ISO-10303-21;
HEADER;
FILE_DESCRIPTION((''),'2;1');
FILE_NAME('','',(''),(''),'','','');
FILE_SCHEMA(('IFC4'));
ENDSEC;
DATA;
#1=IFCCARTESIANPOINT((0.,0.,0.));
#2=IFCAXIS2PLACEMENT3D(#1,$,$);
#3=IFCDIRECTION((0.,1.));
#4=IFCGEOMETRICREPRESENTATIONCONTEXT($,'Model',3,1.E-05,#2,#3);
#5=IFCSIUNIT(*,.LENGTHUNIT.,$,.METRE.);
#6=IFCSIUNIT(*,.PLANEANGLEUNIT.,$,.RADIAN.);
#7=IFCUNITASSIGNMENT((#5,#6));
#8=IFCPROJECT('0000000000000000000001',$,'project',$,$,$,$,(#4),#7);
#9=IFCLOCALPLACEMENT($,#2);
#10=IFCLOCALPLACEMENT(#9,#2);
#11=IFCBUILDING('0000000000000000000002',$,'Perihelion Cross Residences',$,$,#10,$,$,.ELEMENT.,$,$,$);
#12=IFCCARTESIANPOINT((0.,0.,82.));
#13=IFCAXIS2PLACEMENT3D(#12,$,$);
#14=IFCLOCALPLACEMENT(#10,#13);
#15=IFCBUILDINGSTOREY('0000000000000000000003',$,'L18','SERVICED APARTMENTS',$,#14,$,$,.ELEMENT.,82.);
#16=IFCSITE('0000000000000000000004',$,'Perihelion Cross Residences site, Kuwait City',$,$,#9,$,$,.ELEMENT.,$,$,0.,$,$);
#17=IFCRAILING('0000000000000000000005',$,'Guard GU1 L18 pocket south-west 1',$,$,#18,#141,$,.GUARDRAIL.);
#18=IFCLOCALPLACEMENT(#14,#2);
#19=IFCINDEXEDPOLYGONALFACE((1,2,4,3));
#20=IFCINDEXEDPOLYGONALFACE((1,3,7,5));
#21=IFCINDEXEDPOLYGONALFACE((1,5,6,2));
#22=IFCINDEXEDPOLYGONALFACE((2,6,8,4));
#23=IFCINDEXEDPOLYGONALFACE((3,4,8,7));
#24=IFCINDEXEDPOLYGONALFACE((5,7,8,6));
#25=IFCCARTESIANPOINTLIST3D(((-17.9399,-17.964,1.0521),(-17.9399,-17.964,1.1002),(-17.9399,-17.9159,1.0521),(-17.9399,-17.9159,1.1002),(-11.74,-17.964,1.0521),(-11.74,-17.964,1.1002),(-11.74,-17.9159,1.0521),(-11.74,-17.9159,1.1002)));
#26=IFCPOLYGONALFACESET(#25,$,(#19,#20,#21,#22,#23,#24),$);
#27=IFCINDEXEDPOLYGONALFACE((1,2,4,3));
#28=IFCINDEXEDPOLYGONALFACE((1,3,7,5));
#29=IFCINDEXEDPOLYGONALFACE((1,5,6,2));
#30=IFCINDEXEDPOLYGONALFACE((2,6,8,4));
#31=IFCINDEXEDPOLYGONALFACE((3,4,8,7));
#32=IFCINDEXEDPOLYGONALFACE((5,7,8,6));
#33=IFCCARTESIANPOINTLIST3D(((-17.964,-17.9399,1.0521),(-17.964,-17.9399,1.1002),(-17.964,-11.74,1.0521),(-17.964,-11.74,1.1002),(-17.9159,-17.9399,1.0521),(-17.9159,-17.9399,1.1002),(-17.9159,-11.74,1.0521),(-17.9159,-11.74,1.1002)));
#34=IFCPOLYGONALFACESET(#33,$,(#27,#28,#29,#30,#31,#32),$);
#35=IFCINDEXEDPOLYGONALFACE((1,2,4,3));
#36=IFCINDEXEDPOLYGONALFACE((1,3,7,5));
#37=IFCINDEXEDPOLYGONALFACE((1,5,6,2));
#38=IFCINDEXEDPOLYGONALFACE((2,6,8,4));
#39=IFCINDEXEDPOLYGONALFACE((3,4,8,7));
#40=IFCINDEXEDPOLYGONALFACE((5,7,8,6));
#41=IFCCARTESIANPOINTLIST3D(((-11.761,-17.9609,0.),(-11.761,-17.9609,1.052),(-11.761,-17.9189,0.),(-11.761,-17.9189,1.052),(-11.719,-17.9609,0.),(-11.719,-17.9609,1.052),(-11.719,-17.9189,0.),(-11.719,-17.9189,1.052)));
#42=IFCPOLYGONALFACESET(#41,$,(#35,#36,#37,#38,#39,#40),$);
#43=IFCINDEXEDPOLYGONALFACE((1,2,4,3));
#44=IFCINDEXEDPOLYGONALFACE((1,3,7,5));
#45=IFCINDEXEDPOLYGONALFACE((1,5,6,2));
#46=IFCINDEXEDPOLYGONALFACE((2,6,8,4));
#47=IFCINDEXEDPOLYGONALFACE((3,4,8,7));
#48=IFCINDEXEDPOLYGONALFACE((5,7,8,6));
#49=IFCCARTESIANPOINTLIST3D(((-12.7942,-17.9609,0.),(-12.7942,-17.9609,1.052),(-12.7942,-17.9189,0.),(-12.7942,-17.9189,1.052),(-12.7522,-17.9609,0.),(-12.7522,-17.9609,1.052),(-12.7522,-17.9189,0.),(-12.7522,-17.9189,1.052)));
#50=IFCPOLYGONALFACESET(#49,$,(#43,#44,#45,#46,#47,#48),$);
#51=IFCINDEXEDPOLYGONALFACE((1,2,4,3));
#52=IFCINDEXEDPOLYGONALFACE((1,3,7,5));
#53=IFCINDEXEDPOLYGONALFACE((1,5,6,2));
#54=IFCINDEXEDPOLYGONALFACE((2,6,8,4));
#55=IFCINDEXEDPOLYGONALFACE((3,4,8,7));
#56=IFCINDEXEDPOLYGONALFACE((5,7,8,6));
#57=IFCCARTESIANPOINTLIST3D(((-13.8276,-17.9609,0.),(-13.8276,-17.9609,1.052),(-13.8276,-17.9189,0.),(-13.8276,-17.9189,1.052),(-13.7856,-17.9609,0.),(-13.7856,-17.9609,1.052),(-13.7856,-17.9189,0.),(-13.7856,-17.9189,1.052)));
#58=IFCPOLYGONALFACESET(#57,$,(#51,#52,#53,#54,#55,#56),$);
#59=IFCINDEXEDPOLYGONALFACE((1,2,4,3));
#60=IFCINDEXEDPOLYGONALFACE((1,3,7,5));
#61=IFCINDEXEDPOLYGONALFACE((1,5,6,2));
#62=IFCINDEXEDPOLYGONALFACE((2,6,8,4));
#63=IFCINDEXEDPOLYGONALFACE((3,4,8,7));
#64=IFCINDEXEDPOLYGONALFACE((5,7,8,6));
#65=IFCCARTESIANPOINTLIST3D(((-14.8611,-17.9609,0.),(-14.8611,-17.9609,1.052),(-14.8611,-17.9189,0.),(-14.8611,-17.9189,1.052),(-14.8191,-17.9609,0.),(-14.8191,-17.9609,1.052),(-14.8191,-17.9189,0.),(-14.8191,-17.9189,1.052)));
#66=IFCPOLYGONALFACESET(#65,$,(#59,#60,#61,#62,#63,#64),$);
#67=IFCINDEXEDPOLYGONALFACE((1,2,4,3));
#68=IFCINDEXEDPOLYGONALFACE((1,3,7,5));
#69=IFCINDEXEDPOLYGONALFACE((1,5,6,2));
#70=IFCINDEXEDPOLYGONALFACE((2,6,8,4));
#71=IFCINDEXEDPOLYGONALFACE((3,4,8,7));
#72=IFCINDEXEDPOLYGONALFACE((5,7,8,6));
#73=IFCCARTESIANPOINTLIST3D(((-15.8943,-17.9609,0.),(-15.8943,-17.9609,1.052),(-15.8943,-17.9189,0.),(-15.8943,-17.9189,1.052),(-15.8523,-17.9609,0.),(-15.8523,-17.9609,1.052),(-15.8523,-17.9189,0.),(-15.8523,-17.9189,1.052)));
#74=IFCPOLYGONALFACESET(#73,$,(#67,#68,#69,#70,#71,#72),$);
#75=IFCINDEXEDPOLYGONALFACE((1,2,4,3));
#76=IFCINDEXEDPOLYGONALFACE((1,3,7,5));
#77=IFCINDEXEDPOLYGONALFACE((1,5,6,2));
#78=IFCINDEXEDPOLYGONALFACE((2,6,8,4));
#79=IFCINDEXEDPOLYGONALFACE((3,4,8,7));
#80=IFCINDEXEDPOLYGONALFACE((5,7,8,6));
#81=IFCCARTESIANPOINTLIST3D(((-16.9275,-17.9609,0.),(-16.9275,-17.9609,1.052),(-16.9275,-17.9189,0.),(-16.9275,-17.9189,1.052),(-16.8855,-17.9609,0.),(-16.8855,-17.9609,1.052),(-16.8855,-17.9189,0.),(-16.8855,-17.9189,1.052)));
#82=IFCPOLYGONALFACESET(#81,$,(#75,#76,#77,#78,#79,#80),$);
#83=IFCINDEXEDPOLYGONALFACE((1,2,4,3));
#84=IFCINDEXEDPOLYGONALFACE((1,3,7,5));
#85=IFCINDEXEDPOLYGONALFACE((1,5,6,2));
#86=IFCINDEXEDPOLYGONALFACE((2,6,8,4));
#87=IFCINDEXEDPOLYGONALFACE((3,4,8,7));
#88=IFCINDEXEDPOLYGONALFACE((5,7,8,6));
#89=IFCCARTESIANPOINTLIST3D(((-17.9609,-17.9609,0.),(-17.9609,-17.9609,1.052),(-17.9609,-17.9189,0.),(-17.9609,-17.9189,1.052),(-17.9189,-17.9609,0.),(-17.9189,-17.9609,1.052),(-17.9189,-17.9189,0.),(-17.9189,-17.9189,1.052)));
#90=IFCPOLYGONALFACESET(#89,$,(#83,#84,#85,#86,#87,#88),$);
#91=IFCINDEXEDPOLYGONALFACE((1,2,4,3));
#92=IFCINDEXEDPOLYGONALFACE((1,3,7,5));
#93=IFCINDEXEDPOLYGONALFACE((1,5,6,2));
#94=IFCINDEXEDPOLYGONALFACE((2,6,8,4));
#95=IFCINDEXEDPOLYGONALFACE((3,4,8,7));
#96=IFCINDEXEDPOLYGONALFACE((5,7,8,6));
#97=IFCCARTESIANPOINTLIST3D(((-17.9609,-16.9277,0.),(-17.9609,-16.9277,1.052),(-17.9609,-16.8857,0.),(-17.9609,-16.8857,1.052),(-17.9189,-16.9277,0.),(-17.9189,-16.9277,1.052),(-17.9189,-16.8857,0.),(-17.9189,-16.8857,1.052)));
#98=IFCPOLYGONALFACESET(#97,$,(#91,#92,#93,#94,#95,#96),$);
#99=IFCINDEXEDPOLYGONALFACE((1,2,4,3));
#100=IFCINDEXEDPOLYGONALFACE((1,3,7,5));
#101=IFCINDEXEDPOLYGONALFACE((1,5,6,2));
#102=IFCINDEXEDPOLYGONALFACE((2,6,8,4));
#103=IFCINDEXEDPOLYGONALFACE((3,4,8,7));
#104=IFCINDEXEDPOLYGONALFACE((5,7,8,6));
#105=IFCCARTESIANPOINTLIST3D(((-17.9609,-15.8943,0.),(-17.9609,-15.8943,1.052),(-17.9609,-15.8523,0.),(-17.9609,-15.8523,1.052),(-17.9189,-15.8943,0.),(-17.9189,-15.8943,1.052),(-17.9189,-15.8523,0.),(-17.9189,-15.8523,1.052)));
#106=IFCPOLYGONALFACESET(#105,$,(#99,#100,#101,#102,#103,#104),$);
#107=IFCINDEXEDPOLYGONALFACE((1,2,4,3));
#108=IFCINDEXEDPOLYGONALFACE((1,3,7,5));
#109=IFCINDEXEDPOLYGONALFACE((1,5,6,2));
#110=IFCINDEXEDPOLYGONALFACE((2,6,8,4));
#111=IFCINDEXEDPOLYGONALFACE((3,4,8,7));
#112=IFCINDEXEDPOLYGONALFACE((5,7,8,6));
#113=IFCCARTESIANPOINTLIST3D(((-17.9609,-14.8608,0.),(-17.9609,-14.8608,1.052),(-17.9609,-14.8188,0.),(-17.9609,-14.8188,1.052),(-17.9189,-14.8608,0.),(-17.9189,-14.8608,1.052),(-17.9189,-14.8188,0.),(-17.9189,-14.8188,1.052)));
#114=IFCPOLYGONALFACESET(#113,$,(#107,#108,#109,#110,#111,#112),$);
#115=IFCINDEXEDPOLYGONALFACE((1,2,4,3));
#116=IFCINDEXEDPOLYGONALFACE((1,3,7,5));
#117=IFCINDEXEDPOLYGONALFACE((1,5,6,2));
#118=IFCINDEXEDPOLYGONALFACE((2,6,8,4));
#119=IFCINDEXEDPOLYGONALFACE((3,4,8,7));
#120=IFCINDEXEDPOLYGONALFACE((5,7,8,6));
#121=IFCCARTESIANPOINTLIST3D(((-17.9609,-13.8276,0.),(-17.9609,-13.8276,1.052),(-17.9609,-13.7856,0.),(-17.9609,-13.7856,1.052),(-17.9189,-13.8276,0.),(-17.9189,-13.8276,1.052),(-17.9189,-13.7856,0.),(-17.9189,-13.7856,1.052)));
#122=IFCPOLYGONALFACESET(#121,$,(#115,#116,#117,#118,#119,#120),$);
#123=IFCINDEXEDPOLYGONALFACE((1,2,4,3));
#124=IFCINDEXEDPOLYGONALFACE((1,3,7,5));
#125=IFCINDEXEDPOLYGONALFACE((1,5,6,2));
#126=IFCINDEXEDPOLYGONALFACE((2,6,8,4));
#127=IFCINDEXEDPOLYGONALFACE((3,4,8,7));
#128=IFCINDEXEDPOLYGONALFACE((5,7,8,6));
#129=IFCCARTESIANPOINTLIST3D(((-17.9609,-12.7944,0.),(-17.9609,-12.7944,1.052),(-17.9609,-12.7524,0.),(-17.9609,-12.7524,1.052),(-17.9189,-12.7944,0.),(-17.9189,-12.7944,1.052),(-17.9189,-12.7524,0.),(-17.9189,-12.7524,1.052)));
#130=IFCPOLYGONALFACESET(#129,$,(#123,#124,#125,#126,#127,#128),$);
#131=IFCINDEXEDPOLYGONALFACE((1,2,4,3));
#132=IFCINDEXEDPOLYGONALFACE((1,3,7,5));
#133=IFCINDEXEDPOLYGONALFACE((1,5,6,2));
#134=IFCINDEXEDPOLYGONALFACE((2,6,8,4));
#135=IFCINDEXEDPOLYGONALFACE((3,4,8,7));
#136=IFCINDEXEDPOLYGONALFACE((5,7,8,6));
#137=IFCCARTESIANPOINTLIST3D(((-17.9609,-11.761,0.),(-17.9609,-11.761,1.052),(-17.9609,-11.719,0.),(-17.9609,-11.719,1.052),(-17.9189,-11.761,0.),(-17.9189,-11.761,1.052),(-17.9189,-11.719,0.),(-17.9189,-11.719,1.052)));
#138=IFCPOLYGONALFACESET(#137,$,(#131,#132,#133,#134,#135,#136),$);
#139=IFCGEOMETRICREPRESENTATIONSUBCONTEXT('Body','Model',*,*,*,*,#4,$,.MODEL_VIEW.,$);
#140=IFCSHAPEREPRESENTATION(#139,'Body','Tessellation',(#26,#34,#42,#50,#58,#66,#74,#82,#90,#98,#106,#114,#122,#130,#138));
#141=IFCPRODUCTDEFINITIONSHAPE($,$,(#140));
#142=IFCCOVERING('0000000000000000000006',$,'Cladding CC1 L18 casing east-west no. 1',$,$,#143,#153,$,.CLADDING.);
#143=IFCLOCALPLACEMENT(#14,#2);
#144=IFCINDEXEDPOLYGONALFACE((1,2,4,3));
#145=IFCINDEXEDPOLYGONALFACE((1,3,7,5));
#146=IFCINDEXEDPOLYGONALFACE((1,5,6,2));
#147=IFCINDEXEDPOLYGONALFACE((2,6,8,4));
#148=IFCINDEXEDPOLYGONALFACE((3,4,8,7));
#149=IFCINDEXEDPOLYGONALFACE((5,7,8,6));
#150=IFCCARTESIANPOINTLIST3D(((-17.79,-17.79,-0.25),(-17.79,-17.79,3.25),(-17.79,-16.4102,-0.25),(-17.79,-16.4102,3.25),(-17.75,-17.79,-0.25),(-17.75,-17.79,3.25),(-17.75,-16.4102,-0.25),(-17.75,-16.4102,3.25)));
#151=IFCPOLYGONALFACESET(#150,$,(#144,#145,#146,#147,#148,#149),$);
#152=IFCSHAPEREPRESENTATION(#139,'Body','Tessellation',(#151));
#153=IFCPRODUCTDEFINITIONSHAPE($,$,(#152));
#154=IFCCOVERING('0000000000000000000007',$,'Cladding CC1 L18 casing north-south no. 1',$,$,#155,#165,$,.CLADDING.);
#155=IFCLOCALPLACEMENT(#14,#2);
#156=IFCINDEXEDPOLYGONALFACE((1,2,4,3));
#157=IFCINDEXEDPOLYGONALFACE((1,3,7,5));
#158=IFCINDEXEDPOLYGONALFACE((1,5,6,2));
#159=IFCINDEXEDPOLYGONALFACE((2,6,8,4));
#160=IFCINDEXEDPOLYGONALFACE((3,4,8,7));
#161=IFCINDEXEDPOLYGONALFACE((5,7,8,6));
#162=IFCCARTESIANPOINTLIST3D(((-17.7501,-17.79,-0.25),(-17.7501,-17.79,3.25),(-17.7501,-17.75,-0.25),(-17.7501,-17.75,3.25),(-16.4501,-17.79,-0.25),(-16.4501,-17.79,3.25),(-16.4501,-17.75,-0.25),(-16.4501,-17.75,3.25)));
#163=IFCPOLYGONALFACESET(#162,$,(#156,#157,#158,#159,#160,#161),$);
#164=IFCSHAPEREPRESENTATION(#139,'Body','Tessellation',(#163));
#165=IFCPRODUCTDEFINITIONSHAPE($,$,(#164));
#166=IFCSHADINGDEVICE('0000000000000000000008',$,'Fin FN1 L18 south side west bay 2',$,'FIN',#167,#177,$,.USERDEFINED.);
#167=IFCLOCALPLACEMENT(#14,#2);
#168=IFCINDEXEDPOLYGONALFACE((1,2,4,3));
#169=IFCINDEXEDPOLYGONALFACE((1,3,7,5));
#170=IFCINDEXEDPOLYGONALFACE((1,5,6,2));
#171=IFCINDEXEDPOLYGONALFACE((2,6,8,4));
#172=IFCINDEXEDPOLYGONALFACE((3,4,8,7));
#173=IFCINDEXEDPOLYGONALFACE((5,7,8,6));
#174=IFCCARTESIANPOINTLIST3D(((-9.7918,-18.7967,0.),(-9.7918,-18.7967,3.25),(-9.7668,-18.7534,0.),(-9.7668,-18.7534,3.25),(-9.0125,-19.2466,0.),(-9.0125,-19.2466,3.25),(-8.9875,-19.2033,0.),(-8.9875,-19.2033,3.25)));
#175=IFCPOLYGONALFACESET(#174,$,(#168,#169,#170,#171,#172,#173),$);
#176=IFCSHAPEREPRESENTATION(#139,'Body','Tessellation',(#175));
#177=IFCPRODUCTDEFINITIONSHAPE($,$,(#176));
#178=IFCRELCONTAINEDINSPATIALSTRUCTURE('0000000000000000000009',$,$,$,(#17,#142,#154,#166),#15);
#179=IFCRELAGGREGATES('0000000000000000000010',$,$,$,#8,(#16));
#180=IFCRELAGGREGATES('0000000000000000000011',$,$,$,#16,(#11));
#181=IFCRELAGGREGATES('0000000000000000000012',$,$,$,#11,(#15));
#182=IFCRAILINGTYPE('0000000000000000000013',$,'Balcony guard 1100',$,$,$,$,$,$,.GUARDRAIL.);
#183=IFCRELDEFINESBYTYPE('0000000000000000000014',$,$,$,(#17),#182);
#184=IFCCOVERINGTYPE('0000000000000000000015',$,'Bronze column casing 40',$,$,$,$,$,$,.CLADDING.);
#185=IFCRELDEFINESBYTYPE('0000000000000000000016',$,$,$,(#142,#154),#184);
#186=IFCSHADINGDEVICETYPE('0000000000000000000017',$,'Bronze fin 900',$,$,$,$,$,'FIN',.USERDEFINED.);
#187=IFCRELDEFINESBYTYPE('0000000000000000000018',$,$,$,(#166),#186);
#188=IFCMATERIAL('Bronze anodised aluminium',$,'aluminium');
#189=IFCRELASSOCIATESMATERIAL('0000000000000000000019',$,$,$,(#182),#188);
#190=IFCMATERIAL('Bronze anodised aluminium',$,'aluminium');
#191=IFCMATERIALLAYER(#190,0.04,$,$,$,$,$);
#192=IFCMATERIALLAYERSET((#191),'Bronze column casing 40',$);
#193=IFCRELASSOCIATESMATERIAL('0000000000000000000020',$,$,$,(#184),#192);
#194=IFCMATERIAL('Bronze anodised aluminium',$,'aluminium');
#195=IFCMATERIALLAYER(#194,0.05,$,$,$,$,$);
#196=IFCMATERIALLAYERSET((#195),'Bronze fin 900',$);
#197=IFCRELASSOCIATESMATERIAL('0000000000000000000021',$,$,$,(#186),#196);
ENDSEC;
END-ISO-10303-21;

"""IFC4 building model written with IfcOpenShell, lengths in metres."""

from ifc_helpers import new_model, si_unit, direction, frame, origin, origin_2d, place, context, subcontext, project, spatial, rectangle, extrude, material, layer, layer_set, type_object, element, save


model = new_model("IFC4")

# Units and contexts
model_context = context("Model", 3, precision=1e-05, world=origin(), true_north=direction((0.0, 1.0)))
body_context = subcontext(model_context, "Body", "Model", "MODEL_VIEW")
ifc_project = project(units=[si_unit("LENGTHUNIT", "METRE"), si_unit("PLANEANGLEUNIT", "RADIAN")], contexts=[model_context])

# Site, building, storey
site_placement = place(None, origin())
site = spatial("IfcSite", under=ifc_project, at=site_placement, Name="Perihelion Cross Residences site, Kuwait City", CompositionType="ELEMENT", RefElevation=0.0)
building_placement = place(site_placement, origin())
building = spatial("IfcBuilding", under=site, at=building_placement, Name="Perihelion Cross Residences", CompositionType="ELEMENT")
storey_placement = place(building_placement, frame((0.0, 0.0, 82.0)))
storey = spatial("IfcBuildingStorey", under=building, at=storey_placement, Name="L18", Description="SERVICED APARTMENTS", CompositionType="ELEMENT", Elevation=82.0)

# Railing
ifc_material_1 = material(Name="Bronze anodised aluminium", Category="aluminium")
railing_type = type_object("IfcRailingType", Name="Balcony guard 1100", PredefinedType="GUARDRAIL", material=ifc_material_1)
railing_1_placement = place(storey_placement, frame((-11.74, -17.9399, 0.0)))
element("IfcRailing", 1, at=railing_1_placement, inside=storey, type_object=railing_type, Name="Guard GU1 L18 pocket south-west 1", PredefinedType="GUARDRAIL", context=body_context, shape_type="SweptSolid", body=[
    extrude(rectangle(XDim=0.0481, YDim=0.0481, at=origin_2d()), frame((0.0, 0.0, 1.0762), z_axis=(-1.0, 0.0, 0.0), x_axis=(0.0, -1.0, 0.0)), (0.0, 0.0, 1.0), 6.2),
    extrude(rectangle(XDim=0.0481, YDim=0.0481, at=origin_2d()), frame((-6.2, 0.0, 1.0762), z_axis=(0.0, 1.0, 0.0), x_axis=(-1.0, 0.0, 0.0)), (0.0, 0.0, 1.0), 6.2),
    extrude(rectangle(XDim=0.042, YDim=0.042, at=origin_2d()), origin(), (0.0, 0.0, 1.0), 1.052),
    extrude(rectangle(XDim=0.042, YDim=0.042, at=origin_2d()), frame((-1.0332, 0.0, 0.0)), (0.0, 0.0, 1.0), 1.052),
    extrude(rectangle(XDim=0.042, YDim=0.042, at=origin_2d()), frame((-2.0667, 0.0, 0.0)), (0.0, 0.0, 1.0), 1.052),
    extrude(rectangle(XDim=0.042, YDim=0.042, at=origin_2d()), frame((-3.1001, 0.0, 0.0)), (0.0, 0.0, 1.0), 1.052),
    extrude(rectangle(XDim=0.042, YDim=0.042, at=origin_2d()), frame((-4.1333, 0.0, 0.0)), (0.0, 0.0, 1.0), 1.052),
    extrude(rectangle(XDim=0.042, YDim=0.042, at=origin_2d()), frame((-5.1665, 0.0, 0.0)), (0.0, 0.0, 1.0), 1.052),
    extrude(rectangle(XDim=0.042, YDim=0.042, at=origin_2d()), frame((-6.2, 0.0, 0.0)), (0.0, 0.0, 1.0), 1.052),
    extrude(rectangle(XDim=0.042, YDim=0.042, at=origin_2d()), frame((-6.2, 1.0332, 0.0)), (0.0, 0.0, 1.0), 1.052),
    extrude(rectangle(XDim=0.042, YDim=0.042, at=origin_2d()), frame((-6.2, 2.0667, 0.0)), (0.0, 0.0, 1.0), 1.052),
    extrude(rectangle(XDim=0.042, YDim=0.042, at=origin_2d()), frame((-6.2, 3.1001, 0.0)), (0.0, 0.0, 1.0), 1.052),
    extrude(rectangle(XDim=0.042, YDim=0.042, at=origin_2d()), frame((-6.2, 4.1333, 0.0)), (0.0, 0.0, 1.0), 1.052),
    extrude(rectangle(XDim=0.042, YDim=0.042, at=origin_2d()), frame((-6.2, 5.1665, 0.0)), (0.0, 0.0, 1.0), 1.052),
    extrude(rectangle(XDim=0.042, YDim=0.042, at=origin_2d()), frame((-6.2, 6.2, 0.0)), (0.0, 0.0, 1.0), 1.052),
])

# Coverings
ifc_material_2 = material(Name="Bronze anodised aluminium", Category="aluminium")
ifc_layer_1 = layer(ifc_material_2, 0.04)
ifc_layer_set_1 = layer_set([ifc_layer_1], Name="Bronze column casing 40")
covering_type = type_object("IfcCoveringType", Name="Bronze column casing 40", PredefinedType="CLADDING", material=ifc_layer_set_1)
covering_1_placement = place(storey_placement, frame((-17.77, -17.1001, -0.25), z_axis=(0.0, 0.0, 1.0), x_axis=(1.0, 0.0, 0.0)))
element("IfcCovering", 2, at=covering_1_placement, inside=storey, type_object=covering_type, Name="Cladding CC1 L18 casing east-west no. 1", PredefinedType="CLADDING", context=body_context, shape_type="SweptSolid", body=[
    extrude(rectangle(XDim=0.04, YDim=1.3799, at=origin_2d()), origin(), (0.0, 0.0, 1.0), 3.5),
])
covering_2_placement = place(storey_placement, frame((-17.1001, -17.77, -0.25), z_axis=(0.0, 0.0, 1.0), x_axis=(1.0, 0.0, 0.0)))
element("IfcCovering", 3, at=covering_2_placement, inside=storey, type_object=covering_type, Name="Cladding CC1 L18 casing north-south no. 1", PredefinedType="CLADDING", context=body_context, shape_type="SweptSolid", body=[
    extrude(rectangle(XDim=1.3, YDim=0.04, at=origin_2d()), origin(), (0.0, 0.0, 1.0), 3.5),
])

# Shading device
ifc_material_3 = material(Name="Bronze anodised aluminium", Category="aluminium")
ifc_layer_2 = layer(ifc_material_3, 0.05)
ifc_layer_set_2 = layer_set([ifc_layer_2], Name="Bronze fin 900")
shading_device_type = type_object("IfcShadingDeviceType", Name="Bronze fin 900", ElementType="FIN", PredefinedType="USERDEFINED", material=ifc_layer_set_2)
shading_device_placement = place(storey_placement, frame((-9.3896, -19.0, 0.0), z_axis=(0.0, 0.0, 1.0), x_axis=(-0.866025, 0.5, 0.0)))
element("IfcShadingDevice", 4, at=shading_device_placement, inside=storey, type_object=shading_device_type, Name="Fin FN1 L18 south side west bay 2", ObjectType="FIN", PredefinedType="USERDEFINED", context=body_context, shape_type="SweptSolid", body=[
    extrude(rectangle(XDim=0.8999, YDim=0.05, at=origin_2d()), origin(), (0.0, 0.0, 1.0), 3.25),
])

save(model, "model.ifc")
